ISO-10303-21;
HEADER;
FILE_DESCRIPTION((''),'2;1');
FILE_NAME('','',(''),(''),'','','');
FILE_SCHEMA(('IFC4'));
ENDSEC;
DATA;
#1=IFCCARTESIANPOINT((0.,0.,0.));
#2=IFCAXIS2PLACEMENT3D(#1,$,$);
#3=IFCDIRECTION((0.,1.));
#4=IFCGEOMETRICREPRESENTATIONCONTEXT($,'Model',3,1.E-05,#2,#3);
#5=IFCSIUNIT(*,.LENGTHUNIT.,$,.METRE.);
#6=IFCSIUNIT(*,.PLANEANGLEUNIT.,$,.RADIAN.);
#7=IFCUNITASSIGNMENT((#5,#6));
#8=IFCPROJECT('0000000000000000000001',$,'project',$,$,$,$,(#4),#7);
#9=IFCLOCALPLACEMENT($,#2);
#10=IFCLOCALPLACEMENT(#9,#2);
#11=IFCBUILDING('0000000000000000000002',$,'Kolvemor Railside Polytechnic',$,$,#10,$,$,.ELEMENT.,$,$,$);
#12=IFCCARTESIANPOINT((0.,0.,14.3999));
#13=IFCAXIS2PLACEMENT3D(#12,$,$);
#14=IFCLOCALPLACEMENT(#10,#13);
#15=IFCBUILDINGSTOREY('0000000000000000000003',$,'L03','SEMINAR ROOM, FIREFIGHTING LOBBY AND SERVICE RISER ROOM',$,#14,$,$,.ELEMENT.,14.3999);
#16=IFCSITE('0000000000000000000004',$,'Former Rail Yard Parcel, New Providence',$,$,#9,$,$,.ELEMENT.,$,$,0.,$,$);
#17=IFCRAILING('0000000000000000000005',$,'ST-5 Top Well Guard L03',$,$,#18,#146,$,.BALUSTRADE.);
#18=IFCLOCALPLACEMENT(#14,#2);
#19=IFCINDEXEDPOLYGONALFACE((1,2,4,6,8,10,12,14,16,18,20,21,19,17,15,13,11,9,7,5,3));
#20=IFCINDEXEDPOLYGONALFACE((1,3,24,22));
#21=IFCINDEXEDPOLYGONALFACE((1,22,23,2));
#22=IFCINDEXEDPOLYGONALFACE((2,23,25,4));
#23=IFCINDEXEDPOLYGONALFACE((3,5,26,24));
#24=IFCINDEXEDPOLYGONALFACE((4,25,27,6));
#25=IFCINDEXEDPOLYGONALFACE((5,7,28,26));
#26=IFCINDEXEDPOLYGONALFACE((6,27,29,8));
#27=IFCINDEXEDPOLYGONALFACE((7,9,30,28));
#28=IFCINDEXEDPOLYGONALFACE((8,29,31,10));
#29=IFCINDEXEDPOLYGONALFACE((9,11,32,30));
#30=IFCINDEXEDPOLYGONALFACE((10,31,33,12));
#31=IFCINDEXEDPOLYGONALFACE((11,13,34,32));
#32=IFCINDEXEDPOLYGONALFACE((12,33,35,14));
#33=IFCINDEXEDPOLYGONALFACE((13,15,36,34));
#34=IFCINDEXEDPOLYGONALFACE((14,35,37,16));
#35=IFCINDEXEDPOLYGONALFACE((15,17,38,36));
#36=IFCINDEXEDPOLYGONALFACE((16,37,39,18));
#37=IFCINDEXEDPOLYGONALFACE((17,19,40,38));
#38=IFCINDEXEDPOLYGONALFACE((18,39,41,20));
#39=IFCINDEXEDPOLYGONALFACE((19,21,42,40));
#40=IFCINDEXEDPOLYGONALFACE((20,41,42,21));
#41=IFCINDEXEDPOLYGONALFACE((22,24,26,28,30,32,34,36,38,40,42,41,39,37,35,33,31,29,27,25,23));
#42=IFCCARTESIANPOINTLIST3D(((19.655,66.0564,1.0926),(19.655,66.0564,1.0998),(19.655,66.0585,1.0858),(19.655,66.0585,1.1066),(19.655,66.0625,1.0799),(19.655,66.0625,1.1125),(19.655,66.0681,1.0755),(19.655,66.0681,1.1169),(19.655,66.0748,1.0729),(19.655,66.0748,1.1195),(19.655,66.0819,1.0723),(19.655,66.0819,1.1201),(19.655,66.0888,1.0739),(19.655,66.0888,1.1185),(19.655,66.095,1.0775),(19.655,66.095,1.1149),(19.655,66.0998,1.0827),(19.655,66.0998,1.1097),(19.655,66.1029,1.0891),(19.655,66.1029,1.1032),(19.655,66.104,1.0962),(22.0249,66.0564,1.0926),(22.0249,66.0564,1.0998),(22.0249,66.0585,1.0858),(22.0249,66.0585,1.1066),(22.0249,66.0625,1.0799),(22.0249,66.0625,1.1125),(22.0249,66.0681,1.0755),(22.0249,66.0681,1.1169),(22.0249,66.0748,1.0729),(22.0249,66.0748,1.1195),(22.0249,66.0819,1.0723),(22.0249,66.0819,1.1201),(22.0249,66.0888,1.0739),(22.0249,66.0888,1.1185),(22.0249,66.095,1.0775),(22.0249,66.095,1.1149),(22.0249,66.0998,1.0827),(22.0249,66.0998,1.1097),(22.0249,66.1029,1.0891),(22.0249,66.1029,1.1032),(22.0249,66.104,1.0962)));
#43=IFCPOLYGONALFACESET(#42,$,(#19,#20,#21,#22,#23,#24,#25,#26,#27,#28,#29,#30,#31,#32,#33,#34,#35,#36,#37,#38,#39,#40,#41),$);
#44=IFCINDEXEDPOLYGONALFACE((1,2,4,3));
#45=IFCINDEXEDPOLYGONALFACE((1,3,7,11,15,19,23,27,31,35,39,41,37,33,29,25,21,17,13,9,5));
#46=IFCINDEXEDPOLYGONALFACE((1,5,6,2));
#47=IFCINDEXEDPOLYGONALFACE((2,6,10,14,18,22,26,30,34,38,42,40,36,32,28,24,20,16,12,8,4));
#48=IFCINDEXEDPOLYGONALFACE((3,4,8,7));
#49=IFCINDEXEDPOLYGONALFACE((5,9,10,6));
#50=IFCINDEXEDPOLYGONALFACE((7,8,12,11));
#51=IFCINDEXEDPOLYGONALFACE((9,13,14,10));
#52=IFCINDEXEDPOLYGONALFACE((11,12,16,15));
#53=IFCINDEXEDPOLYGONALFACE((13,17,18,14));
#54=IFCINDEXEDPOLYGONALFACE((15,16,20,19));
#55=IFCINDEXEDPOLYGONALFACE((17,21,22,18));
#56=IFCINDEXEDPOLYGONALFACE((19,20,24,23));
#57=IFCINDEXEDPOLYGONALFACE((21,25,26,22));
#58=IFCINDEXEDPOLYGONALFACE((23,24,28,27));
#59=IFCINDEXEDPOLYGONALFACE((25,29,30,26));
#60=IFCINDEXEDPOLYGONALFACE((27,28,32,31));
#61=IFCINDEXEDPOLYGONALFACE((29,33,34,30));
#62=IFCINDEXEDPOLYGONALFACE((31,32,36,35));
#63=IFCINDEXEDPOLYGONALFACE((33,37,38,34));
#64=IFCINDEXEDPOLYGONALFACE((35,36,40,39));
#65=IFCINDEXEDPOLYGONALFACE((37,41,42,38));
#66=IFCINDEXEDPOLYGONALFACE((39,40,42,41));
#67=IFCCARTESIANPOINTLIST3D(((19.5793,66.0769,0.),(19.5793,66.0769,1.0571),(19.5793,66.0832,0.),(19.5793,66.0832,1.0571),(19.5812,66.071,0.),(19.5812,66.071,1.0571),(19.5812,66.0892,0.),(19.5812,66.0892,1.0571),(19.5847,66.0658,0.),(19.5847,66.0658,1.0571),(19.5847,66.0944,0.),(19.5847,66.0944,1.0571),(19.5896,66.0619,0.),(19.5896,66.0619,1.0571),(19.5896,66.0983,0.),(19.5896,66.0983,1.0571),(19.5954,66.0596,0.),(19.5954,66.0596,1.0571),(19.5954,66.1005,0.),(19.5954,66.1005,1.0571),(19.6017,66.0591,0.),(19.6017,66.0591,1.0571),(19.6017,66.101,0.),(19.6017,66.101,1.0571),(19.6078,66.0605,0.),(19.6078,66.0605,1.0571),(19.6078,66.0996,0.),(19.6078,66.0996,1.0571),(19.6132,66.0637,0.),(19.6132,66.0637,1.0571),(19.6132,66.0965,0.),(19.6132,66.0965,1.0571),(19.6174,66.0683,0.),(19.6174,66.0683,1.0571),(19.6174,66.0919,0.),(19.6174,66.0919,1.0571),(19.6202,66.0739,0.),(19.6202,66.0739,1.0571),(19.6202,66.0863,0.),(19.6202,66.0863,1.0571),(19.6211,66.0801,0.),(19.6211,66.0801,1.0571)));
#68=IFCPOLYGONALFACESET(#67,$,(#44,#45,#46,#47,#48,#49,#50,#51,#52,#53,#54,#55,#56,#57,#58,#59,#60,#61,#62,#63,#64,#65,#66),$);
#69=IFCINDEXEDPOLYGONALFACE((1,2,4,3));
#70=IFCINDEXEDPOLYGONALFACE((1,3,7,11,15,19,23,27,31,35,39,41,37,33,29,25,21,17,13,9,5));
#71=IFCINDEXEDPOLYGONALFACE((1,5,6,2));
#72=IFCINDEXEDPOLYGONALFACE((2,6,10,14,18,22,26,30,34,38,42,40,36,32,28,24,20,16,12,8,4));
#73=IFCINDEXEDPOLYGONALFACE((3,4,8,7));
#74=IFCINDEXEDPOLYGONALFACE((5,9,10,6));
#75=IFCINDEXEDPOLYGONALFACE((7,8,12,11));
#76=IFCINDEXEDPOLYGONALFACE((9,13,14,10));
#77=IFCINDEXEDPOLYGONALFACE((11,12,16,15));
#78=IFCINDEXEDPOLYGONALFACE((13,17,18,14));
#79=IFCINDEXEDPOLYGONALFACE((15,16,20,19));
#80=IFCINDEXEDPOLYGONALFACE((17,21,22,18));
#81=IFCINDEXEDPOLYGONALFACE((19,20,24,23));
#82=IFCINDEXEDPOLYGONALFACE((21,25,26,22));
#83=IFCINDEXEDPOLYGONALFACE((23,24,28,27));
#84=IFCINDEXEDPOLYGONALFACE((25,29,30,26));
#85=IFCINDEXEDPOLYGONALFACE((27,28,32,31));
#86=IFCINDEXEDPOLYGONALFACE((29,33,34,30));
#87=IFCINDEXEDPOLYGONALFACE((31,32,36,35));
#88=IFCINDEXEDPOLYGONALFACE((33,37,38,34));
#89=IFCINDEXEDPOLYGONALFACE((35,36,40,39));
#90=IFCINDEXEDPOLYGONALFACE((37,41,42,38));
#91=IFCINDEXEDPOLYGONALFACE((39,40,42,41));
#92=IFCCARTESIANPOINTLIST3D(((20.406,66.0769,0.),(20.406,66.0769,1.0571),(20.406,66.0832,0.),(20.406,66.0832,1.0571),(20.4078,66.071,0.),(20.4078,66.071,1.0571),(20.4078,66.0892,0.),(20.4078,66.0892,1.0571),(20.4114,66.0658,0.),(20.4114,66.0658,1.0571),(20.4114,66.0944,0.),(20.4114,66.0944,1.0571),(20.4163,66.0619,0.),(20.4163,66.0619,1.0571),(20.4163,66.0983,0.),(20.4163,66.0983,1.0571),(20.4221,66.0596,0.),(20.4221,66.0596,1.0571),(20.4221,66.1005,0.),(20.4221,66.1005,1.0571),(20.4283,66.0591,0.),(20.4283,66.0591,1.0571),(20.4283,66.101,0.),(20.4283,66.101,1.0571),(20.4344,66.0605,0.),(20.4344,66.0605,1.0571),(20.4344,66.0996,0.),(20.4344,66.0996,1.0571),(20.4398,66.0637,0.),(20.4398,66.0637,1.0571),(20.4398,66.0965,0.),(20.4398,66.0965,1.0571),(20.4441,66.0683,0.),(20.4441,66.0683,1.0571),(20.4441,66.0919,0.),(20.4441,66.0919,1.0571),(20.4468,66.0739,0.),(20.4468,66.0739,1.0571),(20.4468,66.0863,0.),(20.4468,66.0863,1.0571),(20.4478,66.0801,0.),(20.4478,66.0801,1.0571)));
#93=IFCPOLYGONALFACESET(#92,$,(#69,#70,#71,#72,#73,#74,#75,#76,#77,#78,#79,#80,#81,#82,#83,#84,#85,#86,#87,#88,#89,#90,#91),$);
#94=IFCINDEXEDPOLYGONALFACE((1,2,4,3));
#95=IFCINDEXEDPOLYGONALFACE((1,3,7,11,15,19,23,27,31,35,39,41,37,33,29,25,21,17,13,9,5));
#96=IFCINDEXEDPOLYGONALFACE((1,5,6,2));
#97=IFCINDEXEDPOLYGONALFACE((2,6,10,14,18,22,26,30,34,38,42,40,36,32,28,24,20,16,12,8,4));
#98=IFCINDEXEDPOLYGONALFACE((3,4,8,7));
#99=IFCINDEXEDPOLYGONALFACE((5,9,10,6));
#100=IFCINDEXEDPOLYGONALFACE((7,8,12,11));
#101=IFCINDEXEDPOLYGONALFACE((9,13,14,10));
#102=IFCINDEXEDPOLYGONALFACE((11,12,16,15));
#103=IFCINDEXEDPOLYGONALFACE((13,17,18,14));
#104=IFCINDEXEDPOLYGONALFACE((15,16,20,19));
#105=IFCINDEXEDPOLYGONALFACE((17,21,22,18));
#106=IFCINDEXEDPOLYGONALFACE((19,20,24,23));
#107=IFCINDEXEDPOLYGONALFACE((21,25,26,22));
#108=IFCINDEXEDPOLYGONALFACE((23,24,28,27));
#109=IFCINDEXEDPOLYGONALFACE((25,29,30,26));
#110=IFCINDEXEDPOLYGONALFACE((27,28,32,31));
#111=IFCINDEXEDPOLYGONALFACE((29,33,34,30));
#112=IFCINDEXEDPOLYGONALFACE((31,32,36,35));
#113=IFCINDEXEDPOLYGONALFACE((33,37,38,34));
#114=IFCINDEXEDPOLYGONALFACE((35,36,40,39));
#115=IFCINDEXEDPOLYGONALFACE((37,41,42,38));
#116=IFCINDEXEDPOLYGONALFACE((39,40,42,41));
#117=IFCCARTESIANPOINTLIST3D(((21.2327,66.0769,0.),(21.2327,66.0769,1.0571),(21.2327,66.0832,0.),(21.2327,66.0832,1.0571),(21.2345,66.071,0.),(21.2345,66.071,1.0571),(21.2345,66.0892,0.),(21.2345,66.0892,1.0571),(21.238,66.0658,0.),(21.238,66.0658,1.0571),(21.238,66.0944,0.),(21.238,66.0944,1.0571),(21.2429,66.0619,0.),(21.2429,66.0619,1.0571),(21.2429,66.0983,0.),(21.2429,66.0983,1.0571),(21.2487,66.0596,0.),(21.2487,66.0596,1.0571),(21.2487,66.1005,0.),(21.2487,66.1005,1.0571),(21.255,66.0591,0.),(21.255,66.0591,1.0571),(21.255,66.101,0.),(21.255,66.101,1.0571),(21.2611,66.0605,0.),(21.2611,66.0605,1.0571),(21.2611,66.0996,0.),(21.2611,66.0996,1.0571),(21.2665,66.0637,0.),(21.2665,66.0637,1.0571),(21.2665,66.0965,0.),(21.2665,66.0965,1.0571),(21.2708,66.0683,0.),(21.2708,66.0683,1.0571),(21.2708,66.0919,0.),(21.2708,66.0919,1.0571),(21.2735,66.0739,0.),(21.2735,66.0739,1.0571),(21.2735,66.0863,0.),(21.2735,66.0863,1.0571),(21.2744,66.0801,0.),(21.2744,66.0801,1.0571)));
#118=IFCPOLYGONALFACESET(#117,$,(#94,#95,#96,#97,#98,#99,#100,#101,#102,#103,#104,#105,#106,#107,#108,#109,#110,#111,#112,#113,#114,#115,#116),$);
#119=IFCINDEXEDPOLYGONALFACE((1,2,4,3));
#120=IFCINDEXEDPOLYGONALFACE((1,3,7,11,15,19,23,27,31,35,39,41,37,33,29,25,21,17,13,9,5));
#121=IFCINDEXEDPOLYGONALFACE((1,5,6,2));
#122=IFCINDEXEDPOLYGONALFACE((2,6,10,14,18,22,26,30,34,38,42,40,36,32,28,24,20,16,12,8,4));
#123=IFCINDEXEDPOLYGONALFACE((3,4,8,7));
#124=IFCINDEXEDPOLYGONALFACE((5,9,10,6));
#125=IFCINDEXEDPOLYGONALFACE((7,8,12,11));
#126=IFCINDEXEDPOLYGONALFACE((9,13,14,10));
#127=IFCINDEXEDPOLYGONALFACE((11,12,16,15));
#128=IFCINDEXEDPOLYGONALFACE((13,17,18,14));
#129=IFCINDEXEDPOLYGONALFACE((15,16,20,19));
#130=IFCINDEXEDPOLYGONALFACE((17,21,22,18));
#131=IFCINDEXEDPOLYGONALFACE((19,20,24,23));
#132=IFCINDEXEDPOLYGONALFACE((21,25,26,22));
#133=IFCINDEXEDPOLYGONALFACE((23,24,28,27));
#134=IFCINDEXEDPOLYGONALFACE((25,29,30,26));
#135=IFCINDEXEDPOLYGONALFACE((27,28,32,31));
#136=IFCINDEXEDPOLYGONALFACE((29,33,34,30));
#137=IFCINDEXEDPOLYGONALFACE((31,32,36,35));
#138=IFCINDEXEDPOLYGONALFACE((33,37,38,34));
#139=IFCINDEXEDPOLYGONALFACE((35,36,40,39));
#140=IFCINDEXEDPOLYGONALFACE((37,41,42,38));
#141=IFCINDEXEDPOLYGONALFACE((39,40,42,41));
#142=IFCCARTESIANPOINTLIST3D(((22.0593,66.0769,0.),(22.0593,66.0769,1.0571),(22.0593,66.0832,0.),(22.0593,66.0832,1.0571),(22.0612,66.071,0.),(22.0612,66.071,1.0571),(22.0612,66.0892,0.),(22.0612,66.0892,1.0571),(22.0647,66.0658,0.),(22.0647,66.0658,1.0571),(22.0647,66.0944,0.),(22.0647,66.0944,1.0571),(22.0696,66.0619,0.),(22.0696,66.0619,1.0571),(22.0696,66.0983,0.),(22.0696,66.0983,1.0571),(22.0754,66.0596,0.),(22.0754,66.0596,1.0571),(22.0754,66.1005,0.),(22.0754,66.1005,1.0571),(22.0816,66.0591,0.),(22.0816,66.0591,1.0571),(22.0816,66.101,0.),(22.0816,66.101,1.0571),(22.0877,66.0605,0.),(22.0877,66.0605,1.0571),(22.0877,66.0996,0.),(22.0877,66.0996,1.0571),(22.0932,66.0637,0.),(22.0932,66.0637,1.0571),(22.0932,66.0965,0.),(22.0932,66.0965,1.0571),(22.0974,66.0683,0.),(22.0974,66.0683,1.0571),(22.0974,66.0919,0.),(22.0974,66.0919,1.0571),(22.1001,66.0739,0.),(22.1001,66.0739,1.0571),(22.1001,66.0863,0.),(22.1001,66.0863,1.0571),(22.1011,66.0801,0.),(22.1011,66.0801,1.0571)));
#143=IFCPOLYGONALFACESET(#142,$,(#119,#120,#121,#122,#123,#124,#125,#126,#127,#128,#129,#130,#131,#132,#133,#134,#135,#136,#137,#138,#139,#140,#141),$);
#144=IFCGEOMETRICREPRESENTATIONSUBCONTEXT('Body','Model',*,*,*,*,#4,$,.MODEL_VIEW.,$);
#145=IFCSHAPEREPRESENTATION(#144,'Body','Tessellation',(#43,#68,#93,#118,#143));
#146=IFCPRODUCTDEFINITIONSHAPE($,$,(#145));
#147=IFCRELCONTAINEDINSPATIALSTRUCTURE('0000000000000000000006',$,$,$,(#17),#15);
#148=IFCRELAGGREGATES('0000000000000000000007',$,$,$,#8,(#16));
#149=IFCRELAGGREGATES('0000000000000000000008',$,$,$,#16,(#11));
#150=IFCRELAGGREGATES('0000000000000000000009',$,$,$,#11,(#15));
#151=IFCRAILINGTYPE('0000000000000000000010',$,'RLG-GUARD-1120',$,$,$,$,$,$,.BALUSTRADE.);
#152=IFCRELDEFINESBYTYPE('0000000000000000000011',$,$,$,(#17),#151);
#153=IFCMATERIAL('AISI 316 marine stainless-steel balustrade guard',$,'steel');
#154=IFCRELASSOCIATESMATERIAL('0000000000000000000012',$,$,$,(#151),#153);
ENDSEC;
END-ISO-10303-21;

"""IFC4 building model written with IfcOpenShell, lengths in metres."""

from ifc_helpers import new_model, si_unit, direction, frame, origin, origin_2d, place, context, subcontext, project, spatial, circle, extrude, material, type_object, element, save


model = new_model("IFC4")

# Units and contexts
model_context = context("Model", 3, precision=1e-05, world=origin(), true_north=direction((0.0, 1.0)))
body_context = subcontext(model_context, "Body", "Model", "MODEL_VIEW")
ifc_project = project(units=[si_unit("LENGTHUNIT", "METRE"), si_unit("PLANEANGLEUNIT", "RADIAN")], contexts=[model_context])

# Site, building, storey
site_placement = place(None, origin())
site = spatial("IfcSite", under=ifc_project, at=site_placement, Name="Former Rail Yard Parcel, New Providence", CompositionType="ELEMENT", RefElevation=0.0)
building_placement = place(site_placement, origin())
building = spatial("IfcBuilding", under=site, at=building_placement, Name="Kolvemor Railside Polytechnic", CompositionType="ELEMENT")
storey_placement = place(building_placement, frame((0.0, 0.0, 14.3999)))
storey = spatial("IfcBuildingStorey", under=building, at=storey_placement, Name="L03", Description="SEMINAR ROOM, FIREFIGHTING LOBBY AND SERVICE RISER ROOM", CompositionType="ELEMENT", Elevation=14.3999)

# Railing
ifc_material_1 = material(Name="AISI 316 marine stainless-steel balustrade guard", Category="steel")
railing_type = type_object("IfcRailingType", Name="RLG-GUARD-1120", PredefinedType="BALUSTRADE", material=ifc_material_1)
railing_placement = place(storey_placement, frame((19.6001, 66.0801, 0.0)))
element("IfcRailing", 1, at=railing_placement, inside=storey, type_object=railing_type, Name="ST-5 Top Well Guard L03", PredefinedType="BALUSTRADE", context=body_context, shape_type="SweptSolid", body=[
    extrude(circle(Radius=0.0239, at=origin_2d()), frame((0.0549, 0.0, 1.0962), z_axis=(1.0, 0.0, 0.0), x_axis=(0.0, 1.0, 0.0)), (0.0, 0.0, 1.0), 2.3699),
    extrude(circle(Radius=0.021, at=origin_2d()), origin(), (0.0, 0.0, 1.0), 1.0571),
    extrude(circle(Radius=0.021, at=origin_2d()), frame((0.8267, 0.0, 0.0)), (0.0, 0.0, 1.0), 1.0571),
    extrude(circle(Radius=0.021, at=origin_2d()), frame((1.6533, 0.0, 0.0)), (0.0, 0.0, 1.0), 1.0571),
    extrude(circle(Radius=0.021, at=origin_2d()), frame((2.48, 0.0, 0.0)), (0.0, 0.0, 1.0), 1.0571),
])

save(model, "model.ifc")
